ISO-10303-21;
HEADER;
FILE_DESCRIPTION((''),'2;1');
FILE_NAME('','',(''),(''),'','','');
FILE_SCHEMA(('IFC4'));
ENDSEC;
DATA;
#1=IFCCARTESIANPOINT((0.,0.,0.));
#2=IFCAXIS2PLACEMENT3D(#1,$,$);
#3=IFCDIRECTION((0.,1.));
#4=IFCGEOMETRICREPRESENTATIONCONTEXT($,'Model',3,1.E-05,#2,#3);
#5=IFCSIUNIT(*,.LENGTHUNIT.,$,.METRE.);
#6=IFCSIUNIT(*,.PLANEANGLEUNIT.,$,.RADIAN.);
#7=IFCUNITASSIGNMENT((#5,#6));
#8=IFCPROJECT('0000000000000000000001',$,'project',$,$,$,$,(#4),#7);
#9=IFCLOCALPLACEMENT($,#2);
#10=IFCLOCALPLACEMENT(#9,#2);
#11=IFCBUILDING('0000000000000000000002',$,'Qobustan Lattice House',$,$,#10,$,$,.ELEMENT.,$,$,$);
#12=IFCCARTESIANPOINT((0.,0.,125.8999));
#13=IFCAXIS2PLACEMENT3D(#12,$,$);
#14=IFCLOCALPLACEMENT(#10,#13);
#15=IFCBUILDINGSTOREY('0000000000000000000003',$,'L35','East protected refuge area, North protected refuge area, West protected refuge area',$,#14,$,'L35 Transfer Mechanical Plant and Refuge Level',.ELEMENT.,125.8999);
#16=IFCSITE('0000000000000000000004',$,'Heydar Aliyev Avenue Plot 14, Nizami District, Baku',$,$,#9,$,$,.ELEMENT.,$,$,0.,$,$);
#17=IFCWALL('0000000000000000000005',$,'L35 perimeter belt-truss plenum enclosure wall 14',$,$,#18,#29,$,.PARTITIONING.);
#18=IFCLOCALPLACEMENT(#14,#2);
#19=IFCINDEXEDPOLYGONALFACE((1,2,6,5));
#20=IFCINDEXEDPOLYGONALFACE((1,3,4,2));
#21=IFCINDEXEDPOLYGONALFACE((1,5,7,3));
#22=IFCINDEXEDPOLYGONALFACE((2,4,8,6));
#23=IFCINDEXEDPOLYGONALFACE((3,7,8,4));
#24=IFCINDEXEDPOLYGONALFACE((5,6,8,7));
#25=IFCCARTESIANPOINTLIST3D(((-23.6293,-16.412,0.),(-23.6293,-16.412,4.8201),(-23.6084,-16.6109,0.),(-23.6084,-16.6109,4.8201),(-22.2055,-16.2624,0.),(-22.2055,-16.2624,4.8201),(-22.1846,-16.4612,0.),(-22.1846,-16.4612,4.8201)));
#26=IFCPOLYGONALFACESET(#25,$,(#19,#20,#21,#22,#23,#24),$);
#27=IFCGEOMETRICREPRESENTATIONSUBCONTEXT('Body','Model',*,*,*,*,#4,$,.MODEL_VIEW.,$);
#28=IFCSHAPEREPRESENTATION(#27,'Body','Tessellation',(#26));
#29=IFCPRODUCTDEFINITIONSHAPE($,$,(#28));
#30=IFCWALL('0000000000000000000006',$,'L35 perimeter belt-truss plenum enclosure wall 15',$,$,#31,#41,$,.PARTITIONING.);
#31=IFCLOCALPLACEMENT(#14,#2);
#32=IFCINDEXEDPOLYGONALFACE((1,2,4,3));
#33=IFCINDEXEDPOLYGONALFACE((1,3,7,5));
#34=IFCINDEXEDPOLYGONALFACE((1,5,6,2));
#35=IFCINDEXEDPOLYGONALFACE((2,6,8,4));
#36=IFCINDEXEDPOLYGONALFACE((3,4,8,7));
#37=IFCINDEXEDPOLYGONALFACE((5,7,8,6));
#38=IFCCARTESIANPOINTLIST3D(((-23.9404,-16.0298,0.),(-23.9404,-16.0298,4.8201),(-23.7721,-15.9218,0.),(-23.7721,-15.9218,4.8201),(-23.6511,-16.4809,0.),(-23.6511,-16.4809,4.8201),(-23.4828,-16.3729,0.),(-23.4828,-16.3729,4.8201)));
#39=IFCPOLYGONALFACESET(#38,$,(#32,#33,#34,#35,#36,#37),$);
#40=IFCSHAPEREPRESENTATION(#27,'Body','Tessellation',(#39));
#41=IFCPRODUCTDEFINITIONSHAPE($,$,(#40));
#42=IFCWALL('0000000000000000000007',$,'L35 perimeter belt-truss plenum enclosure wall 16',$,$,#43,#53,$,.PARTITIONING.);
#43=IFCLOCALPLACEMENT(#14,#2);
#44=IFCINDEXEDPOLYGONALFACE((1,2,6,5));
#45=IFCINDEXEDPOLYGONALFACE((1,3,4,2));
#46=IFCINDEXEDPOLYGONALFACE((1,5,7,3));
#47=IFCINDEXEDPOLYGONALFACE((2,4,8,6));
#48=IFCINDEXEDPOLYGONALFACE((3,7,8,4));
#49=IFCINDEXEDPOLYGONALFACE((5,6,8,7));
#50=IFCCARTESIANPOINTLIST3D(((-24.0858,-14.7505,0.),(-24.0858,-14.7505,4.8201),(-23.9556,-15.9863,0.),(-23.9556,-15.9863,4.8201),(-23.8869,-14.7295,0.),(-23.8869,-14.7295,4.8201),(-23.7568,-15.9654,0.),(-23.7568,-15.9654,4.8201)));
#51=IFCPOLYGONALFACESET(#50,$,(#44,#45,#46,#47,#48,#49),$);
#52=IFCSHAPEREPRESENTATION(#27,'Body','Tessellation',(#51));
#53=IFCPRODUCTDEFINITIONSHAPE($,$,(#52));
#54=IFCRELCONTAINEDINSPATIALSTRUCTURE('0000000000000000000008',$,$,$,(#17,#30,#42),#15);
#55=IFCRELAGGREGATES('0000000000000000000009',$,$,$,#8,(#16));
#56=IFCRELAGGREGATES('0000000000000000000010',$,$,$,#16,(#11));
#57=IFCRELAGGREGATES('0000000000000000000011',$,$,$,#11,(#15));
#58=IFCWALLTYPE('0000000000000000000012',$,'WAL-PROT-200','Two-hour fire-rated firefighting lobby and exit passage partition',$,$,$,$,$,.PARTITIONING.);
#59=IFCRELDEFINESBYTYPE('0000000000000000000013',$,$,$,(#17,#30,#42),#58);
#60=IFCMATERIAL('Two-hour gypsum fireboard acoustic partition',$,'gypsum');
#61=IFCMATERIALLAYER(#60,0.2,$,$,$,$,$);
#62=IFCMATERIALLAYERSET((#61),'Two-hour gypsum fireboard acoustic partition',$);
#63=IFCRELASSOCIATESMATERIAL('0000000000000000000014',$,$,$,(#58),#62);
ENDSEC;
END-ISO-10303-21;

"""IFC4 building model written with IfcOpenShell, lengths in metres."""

from ifc_helpers import new_model, si_unit, direction, frame, frame_2d, origin, place, context, subcontext, project, spatial, rectangle, extrude, material, layer, layer_set, type_object, element, save


model = new_model("IFC4")

# Units and contexts
model_context = context("Model", 3, precision=1e-05, world=origin(), true_north=direction((0.0, 1.0)))
body_context = subcontext(model_context, "Body", "Model", "MODEL_VIEW")
ifc_project = project(units=[si_unit("LENGTHUNIT", "METRE"), si_unit("PLANEANGLEUNIT", "RADIAN")], contexts=[model_context])

# Site, building, storey
site_placement = place(None, origin())
site = spatial("IfcSite", under=ifc_project, at=site_placement, Name="Heydar Aliyev Avenue Plot 14, Nizami District, Baku", CompositionType="ELEMENT", RefElevation=0.0)
building_placement = place(site_placement, origin())
building = spatial("IfcBuilding", under=site, at=building_placement, Name="Qobustan Lattice House", CompositionType="ELEMENT")
storey_placement = place(building_placement, frame((0.0, 0.0, 125.8999)))
storey = spatial("IfcBuildingStorey", under=building, at=storey_placement, Name="L35", Description="East protected refuge area, North protected refuge area, West protected refuge area", LongName="L35 Transfer Mechanical Plant and Refuge Level", CompositionType="ELEMENT", Elevation=125.8999)

# Walls
ifc_material_1 = material(Name="Two-hour gypsum fireboard acoustic partition", Category="gypsum")
ifc_layer_1 = layer(ifc_material_1, 0.2)
ifc_layer_set_1 = layer_set([ifc_layer_1], Name="Two-hour gypsum fireboard acoustic partition")
wall_type_1 = type_object("IfcWallType", Name="WAL-PROT-200", Description="Two-hour fire-rated firefighting lobby and exit passage partition", PredefinedType="PARTITIONING", material=ifc_layer_set_1)
wall_1_placement = place(storey_placement, frame((-22.1951, -16.3618, 0.0), z_axis=(0.0, 0.0, 1.0), x_axis=(-0.994521, -0.104534, 0.0)))
element("IfcWall", 1, at=wall_1_placement, inside=storey, type_object=wall_type_1, Name="L35 perimeter belt-truss plenum enclosure wall 14", PredefinedType="PARTITIONING", context=body_context, shape_type="SweptSolid", body=[
    extrude(rectangle(XDim=1.4316, YDim=0.2, at=frame_2d((0.7158, 0.0))), origin(), (0.0, 0.0, 1.0), 4.8201),
])
wall_2_placement = place(storey_placement, frame((-23.5669, -16.427, 0.0), z_axis=(0.0, 0.0, 1.0), x_axis=(-0.53979, 0.8418, 0.0)))
element("IfcWall", 2, at=wall_2_placement, inside=storey, type_object=wall_type_1, Name="L35 perimeter belt-truss plenum enclosure wall 15", PredefinedType="PARTITIONING", context=body_context, shape_type="SweptSolid", body=[
    extrude(rectangle(XDim=0.5359, YDim=0.2, at=frame_2d((0.2681, 0.0))), origin(), (0.0, 0.0, 1.0), 4.8201),
])
wall_3_placement = place(storey_placement, frame((-23.8562, -15.9758, 0.0), z_axis=(0.0, 0.0, 1.0), x_axis=(-0.104715, 0.994502, 0.0)))
element("IfcWall", 3, at=wall_3_placement, inside=storey, type_object=wall_type_1, Name="L35 perimeter belt-truss plenum enclosure wall 16", PredefinedType="PARTITIONING", context=body_context, shape_type="SweptSolid", body=[
    extrude(rectangle(XDim=1.2427, YDim=0.2, at=frame_2d((0.6213, 0.0))), origin(), (0.0, 0.0, 1.0), 4.8201),
])

save(model, "model.ifc")
